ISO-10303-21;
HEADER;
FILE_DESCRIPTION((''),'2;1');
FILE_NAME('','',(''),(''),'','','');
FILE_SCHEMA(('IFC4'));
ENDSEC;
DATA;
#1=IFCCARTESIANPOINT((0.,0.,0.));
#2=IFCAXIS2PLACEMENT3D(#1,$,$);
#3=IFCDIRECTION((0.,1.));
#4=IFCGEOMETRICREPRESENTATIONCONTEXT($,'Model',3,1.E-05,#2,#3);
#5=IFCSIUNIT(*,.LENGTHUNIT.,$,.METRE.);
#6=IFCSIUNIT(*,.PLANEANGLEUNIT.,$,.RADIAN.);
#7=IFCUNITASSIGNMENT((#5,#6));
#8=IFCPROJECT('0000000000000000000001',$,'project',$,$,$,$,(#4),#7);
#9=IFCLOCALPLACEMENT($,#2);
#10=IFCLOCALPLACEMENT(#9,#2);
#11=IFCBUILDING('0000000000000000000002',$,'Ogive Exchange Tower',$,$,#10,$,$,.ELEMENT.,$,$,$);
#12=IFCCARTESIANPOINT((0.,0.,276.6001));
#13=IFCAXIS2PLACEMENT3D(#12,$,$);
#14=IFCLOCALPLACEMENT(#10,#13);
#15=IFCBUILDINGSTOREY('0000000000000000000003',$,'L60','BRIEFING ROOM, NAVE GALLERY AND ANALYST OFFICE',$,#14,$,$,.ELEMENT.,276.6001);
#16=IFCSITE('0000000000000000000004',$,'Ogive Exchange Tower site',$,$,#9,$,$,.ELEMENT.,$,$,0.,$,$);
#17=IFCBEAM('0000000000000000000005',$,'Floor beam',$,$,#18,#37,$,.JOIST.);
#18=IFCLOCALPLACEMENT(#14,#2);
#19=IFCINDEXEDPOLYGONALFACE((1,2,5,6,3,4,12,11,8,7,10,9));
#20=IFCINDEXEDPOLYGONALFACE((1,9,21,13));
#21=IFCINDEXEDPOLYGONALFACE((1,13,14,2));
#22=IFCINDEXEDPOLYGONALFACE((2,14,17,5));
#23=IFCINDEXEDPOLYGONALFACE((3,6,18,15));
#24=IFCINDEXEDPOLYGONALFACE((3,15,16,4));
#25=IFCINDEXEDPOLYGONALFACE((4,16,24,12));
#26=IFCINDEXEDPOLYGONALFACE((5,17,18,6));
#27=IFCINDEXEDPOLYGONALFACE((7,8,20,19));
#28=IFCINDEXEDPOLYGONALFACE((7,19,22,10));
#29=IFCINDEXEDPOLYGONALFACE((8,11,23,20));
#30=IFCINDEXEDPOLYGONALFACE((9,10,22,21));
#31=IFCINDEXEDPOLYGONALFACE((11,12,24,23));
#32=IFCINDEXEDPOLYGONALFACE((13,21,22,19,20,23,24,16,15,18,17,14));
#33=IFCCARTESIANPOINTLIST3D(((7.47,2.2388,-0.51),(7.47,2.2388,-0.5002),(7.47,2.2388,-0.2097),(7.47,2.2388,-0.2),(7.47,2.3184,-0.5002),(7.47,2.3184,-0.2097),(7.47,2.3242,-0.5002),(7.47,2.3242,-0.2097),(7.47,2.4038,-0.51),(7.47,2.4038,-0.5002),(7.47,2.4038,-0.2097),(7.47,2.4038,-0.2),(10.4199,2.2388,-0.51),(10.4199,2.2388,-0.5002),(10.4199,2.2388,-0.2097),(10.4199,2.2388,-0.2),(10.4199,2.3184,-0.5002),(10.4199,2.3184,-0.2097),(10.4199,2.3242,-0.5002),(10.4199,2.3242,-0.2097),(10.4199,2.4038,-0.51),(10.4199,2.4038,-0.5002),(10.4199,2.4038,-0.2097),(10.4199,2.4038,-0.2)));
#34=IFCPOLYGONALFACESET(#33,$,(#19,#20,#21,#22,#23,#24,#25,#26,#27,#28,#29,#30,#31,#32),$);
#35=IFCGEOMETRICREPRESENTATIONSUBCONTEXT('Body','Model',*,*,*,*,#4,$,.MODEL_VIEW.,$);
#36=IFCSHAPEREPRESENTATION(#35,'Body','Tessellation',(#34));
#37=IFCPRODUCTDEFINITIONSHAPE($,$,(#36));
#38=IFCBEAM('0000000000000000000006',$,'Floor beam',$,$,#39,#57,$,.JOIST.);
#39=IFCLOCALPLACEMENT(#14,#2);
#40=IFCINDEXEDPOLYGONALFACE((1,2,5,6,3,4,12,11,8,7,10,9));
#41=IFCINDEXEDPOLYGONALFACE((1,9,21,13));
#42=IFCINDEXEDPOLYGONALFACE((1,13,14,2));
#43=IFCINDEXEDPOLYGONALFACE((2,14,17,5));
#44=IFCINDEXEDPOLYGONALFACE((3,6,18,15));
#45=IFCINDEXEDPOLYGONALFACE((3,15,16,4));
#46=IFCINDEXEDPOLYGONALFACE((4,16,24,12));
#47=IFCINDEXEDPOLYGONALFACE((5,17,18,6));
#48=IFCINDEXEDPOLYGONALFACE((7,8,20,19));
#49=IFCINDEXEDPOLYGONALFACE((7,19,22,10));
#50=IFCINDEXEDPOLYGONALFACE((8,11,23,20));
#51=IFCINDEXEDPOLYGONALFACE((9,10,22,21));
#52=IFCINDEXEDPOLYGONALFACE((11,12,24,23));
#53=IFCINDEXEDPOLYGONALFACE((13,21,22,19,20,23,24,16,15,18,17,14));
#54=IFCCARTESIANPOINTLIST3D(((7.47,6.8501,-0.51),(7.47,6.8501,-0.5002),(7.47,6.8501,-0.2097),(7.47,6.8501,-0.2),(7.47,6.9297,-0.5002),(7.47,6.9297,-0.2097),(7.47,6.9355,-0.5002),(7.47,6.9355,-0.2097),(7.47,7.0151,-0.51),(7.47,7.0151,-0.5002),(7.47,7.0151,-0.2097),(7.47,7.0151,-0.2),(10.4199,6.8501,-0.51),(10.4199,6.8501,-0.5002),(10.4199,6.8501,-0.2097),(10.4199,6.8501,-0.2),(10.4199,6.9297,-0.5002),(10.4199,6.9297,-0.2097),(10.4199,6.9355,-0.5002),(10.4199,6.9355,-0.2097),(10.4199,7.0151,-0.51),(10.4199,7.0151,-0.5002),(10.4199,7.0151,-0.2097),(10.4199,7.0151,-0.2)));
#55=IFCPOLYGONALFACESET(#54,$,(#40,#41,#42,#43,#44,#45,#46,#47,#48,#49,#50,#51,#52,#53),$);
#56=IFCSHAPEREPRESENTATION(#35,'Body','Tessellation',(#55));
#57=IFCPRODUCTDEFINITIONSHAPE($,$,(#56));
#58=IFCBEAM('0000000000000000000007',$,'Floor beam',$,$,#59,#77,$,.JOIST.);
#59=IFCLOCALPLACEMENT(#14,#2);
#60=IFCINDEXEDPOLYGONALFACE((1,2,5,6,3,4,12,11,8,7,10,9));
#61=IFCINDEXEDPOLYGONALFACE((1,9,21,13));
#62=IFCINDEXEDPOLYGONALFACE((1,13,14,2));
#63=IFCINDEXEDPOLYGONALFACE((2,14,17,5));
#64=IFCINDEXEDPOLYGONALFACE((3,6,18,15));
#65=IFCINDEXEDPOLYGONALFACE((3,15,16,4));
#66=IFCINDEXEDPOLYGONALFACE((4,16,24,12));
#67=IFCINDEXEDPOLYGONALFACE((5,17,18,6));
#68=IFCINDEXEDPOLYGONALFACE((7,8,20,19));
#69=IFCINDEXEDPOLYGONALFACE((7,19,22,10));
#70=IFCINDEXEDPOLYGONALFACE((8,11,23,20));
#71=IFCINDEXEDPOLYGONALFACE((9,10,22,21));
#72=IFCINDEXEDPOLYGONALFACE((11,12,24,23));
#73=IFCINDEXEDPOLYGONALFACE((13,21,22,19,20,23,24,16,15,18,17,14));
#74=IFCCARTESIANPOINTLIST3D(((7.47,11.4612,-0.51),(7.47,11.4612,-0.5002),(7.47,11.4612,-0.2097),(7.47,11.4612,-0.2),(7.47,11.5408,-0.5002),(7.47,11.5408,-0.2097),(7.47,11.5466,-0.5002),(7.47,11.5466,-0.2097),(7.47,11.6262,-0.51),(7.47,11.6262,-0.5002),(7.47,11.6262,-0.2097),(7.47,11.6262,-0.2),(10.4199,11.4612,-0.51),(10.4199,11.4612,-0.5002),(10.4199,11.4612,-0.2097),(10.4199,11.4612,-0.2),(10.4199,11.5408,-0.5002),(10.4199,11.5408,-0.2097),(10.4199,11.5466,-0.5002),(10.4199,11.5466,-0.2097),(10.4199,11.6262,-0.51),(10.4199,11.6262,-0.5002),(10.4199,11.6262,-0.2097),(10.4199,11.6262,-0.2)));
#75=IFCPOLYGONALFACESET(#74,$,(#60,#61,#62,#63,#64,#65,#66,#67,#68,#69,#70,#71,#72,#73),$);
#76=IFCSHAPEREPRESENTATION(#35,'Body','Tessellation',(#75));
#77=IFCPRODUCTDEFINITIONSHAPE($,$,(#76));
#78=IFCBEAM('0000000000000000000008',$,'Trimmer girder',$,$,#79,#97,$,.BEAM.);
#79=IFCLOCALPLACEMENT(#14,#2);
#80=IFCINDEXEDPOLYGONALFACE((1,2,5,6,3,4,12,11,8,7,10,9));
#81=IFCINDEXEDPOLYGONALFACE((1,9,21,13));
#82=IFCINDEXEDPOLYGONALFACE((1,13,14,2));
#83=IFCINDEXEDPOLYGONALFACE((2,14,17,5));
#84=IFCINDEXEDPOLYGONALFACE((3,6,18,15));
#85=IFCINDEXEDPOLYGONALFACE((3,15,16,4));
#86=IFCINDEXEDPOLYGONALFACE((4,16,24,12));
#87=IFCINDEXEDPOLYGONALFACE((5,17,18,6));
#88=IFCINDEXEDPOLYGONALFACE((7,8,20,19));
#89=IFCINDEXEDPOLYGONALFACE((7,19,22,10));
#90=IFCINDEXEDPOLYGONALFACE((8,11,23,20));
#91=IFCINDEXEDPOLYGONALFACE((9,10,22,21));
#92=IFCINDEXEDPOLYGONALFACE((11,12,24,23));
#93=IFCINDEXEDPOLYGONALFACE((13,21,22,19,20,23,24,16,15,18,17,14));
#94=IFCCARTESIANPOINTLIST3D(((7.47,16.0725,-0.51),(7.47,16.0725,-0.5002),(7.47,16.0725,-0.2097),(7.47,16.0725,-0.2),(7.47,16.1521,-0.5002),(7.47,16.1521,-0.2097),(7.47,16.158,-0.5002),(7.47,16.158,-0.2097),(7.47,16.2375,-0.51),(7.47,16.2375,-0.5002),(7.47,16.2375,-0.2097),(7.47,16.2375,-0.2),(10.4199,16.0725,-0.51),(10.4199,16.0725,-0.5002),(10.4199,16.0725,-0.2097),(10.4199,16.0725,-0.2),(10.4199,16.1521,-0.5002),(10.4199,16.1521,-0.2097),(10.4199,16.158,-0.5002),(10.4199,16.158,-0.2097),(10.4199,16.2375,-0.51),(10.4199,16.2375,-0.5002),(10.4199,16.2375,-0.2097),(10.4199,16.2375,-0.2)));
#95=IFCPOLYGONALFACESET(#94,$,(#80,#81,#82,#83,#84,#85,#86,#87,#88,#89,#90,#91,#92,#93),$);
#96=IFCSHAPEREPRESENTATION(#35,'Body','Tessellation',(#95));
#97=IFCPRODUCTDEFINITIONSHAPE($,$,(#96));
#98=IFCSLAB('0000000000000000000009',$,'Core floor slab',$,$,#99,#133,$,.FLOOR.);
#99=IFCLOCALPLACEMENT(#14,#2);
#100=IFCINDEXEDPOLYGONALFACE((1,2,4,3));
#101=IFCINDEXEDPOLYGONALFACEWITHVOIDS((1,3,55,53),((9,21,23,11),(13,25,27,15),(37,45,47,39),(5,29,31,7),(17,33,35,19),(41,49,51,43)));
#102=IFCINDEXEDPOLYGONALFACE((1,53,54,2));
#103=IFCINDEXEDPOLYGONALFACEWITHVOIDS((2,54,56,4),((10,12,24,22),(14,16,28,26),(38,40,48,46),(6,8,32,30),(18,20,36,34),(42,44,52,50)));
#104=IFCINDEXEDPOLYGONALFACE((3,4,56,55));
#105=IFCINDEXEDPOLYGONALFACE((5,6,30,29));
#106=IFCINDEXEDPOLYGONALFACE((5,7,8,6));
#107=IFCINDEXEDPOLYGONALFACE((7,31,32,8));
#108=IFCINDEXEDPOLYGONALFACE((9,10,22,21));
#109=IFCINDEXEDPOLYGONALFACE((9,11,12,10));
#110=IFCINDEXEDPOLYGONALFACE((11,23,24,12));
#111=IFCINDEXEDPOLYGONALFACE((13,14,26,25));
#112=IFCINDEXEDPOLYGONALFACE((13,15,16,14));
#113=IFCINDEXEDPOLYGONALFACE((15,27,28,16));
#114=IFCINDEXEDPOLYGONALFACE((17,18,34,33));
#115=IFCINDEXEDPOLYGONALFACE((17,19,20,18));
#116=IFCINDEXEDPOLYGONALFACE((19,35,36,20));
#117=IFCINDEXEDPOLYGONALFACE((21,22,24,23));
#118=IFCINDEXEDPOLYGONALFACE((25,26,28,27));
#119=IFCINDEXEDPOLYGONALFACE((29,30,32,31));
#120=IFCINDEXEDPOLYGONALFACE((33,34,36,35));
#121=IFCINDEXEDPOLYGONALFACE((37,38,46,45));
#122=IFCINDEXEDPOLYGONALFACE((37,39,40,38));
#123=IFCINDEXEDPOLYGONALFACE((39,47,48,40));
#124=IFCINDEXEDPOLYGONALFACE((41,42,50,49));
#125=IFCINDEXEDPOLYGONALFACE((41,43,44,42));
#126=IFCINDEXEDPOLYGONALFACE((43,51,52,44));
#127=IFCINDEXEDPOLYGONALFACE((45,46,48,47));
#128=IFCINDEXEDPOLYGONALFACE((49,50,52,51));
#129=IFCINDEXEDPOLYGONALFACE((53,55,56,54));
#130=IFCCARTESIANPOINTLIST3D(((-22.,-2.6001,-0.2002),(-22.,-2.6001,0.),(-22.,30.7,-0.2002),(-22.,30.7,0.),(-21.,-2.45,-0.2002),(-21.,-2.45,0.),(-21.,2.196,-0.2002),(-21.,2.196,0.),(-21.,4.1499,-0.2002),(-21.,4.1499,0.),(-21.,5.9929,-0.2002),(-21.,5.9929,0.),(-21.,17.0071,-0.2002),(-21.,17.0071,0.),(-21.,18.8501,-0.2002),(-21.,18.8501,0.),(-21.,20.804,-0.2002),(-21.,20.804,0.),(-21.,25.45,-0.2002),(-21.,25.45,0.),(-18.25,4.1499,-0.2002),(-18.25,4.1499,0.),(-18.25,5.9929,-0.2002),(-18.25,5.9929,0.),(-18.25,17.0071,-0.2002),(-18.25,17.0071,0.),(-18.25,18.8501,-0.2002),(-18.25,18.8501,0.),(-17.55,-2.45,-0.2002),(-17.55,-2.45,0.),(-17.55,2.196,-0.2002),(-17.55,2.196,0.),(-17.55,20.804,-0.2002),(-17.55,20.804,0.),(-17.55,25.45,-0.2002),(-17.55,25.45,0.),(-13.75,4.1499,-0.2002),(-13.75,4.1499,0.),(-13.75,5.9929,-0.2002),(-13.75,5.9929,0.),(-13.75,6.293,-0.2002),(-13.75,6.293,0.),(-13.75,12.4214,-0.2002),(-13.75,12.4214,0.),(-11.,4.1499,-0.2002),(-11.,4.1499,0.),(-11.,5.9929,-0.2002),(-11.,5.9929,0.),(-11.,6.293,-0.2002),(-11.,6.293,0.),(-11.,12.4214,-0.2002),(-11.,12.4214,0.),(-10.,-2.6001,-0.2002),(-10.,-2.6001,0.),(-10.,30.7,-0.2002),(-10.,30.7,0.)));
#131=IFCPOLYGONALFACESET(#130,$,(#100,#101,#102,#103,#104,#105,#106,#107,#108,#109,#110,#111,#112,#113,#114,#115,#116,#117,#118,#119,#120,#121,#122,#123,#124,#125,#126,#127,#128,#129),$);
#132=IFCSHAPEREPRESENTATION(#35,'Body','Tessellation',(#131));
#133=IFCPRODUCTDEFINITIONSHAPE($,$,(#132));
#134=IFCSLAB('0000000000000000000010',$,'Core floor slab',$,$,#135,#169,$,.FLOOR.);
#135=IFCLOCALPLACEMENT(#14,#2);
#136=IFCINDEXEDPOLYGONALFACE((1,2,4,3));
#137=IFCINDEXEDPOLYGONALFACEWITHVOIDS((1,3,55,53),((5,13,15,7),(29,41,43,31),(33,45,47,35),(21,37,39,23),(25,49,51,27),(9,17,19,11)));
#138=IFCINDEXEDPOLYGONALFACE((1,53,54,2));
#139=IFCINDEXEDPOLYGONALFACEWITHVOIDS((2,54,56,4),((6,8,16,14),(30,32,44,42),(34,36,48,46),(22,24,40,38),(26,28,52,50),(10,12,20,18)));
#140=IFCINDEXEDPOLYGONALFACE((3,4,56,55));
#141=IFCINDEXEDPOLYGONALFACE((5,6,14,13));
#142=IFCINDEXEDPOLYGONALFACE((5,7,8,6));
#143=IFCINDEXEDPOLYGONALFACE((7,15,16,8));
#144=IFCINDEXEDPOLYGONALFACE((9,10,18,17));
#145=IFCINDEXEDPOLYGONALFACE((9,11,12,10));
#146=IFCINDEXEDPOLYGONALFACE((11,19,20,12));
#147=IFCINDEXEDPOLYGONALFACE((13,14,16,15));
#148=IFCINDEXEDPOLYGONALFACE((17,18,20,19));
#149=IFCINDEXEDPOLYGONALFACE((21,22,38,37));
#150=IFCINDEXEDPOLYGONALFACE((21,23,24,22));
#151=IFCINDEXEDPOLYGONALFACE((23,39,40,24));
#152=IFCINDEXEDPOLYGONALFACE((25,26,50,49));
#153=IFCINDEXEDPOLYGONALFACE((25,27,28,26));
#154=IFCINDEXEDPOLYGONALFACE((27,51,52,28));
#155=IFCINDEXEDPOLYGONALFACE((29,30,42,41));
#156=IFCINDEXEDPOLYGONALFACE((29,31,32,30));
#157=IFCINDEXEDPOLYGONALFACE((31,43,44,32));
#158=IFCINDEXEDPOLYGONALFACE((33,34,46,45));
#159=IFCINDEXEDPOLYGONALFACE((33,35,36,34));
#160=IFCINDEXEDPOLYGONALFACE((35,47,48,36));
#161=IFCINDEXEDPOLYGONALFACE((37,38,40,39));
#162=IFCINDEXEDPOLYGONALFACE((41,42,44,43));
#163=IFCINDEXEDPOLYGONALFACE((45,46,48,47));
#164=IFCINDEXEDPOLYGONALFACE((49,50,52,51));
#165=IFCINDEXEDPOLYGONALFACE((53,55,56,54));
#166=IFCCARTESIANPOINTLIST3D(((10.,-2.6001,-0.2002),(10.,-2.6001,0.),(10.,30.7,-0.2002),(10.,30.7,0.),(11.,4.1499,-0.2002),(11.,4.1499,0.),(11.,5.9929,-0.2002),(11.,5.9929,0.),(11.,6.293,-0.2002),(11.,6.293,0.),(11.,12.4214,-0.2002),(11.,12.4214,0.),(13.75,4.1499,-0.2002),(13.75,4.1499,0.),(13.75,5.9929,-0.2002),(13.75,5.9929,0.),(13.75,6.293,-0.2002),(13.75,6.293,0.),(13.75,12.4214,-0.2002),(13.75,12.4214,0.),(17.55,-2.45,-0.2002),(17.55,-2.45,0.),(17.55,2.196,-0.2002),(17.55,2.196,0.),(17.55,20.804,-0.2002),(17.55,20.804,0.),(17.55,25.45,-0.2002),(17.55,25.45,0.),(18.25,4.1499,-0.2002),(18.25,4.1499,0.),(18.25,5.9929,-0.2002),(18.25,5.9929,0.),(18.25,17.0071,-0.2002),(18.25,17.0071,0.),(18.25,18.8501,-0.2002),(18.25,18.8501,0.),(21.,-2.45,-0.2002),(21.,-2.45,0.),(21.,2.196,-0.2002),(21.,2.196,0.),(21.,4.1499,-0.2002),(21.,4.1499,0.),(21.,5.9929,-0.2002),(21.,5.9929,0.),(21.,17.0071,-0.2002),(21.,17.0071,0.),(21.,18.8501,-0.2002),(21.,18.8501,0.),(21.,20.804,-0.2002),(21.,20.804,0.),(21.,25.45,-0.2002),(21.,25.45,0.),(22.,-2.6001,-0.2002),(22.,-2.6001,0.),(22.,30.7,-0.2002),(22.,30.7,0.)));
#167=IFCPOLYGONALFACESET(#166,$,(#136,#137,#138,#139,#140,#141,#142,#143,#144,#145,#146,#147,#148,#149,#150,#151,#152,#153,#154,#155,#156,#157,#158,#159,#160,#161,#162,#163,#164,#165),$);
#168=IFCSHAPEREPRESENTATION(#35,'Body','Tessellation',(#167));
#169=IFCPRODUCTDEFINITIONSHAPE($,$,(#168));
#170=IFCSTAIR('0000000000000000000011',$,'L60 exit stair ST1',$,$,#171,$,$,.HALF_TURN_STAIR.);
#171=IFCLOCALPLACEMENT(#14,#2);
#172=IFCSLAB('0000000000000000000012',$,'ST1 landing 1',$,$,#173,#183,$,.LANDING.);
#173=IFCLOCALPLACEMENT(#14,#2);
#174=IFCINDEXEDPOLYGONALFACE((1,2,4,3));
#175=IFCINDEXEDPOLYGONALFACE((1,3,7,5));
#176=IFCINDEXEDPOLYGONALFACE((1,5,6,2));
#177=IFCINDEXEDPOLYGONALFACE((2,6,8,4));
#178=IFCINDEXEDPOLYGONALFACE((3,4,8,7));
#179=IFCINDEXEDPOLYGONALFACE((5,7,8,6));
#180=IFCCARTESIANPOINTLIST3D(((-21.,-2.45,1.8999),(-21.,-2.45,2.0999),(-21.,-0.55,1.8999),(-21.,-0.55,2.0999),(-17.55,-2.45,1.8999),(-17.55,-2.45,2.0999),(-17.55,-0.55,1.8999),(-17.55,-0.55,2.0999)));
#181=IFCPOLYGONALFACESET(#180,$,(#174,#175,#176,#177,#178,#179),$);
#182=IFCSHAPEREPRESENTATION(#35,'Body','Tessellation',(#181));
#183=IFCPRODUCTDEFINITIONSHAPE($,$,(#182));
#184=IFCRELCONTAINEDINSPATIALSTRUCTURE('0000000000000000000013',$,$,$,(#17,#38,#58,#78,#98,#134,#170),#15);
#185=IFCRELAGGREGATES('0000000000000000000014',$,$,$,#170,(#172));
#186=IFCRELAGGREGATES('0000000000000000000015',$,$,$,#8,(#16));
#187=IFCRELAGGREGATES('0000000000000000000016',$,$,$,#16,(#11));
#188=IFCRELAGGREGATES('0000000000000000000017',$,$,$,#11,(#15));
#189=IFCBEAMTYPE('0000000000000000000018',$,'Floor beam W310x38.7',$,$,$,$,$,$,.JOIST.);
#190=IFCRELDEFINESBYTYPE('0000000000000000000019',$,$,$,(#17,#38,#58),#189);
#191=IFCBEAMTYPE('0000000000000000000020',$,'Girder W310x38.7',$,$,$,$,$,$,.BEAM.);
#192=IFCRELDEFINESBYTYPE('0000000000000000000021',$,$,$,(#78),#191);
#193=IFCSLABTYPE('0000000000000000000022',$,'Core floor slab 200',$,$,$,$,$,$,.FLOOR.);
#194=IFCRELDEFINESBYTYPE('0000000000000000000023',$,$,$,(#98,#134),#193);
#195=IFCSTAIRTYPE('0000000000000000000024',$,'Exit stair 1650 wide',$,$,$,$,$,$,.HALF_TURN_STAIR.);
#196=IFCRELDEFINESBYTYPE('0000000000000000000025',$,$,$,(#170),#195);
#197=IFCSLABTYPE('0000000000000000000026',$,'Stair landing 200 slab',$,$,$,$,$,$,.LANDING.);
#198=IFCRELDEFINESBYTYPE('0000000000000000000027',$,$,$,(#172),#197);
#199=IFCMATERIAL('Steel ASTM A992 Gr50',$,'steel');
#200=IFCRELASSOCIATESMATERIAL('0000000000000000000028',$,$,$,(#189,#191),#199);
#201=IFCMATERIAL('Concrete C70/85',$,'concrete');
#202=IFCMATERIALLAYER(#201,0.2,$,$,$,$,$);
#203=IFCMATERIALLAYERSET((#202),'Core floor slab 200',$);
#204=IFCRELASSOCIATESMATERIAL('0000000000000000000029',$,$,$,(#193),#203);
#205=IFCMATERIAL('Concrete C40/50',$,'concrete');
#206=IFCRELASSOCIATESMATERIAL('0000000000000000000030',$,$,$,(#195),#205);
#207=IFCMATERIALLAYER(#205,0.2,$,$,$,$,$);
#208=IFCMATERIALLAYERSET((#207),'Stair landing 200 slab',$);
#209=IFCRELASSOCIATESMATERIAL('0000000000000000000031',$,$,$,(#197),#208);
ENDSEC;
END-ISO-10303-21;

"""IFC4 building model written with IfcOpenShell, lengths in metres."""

from ifc_helpers import new_model, si_unit, direction, frame, origin, origin_2d, place, context, subcontext, project, spatial, polyline, i_section, outline, extrude, material, layer, layer_set, material_profile, profile_set, type_object, element, aggregate, save


model = new_model("IFC4")

# Units and contexts
model_context = context("Model", 3, precision=1e-05, world=origin(), true_north=direction((0.0, 1.0)))
body_context = subcontext(model_context, "Body", "Model", "MODEL_VIEW")
ifc_project = project(units=[si_unit("LENGTHUNIT", "METRE"), si_unit("PLANEANGLEUNIT", "RADIAN")], contexts=[model_context])

# Site, building, storey
site_placement = place(None, origin())
site = spatial("IfcSite", under=ifc_project, at=site_placement, Name="Ogive Exchange Tower site", CompositionType="ELEMENT", RefElevation=0.0)
building_placement = place(site_placement, origin())
building = spatial("IfcBuilding", under=site, at=building_placement, Name="Ogive Exchange Tower", CompositionType="ELEMENT")
storey_placement = place(building_placement, frame((0.0, 0.0, 276.6001)))
storey = spatial("IfcBuildingStorey", under=building, at=storey_placement, Name="L60", Description="BRIEFING ROOM, NAVE GALLERY AND ANALYST OFFICE", CompositionType="ELEMENT", Elevation=276.6001)

# Beams
ifc_material_1 = material(Name="Steel ASTM A992 Gr50", Category="steel")
ifc_material_profile_1 = material_profile(ifc_material_1, i_section(OverallWidth=0.165, OverallDepth=0.3101, WebThickness=0.0059, FlangeThickness=0.0098, at=origin_2d()), Name="W310x38.7")
ifc_profile_set_1 = profile_set([ifc_material_profile_1], Name="Steel ASTM A992 Gr50")
beam_type_1 = type_object("IfcBeamType", Name="Floor beam W310x38.7", PredefinedType="JOIST", material=ifc_profile_set_1)
for number, where, z_axis, x_axis, name in (
    (1, (7.47, 2.3213, -0.355), (1.0, 0.0, 0.0), (0.0, 1.0, 0.0), "Floor beam"),
    (2, (7.47, 6.9326, -0.355), (1.0, 0.0, 0.0), (0.0, 1.0, 0.0), "Floor beam"),
    (3, (7.47, 11.5437, -0.355), (1.0, 0.0, 0.0), (0.0, 1.0, 0.0), "Floor beam"),
):
    element("IfcBeam", number, at=place(storey_placement, frame(where, z_axis=z_axis, x_axis=x_axis)), inside=storey, type_object=beam_type_1, Name=name, PredefinedType="JOIST", context=body_context, shape_type="SweptSolid", body=[
        extrude(i_section(OverallWidth=0.165, OverallDepth=0.3101, WebThickness=0.0059, FlangeThickness=0.0098, at=origin_2d()), origin(), (0.0, 0.0, 1.0), 2.95),
    ])
ifc_material_profile_2 = material_profile(ifc_material_1, i_section(OverallWidth=0.165, OverallDepth=0.3101, WebThickness=0.0059, FlangeThickness=0.0098, at=origin_2d()), Name="W310x38.7")
ifc_profile_set_2 = profile_set([ifc_material_profile_2], Name="Steel ASTM A992 Gr50")
beam_type_2 = type_object("IfcBeamType", Name="Girder W310x38.7", PredefinedType="BEAM", material=ifc_profile_set_2)
beam_placement = place(storey_placement, frame((7.47, 16.155, -0.355), z_axis=(1.0, 0.0, 0.0), x_axis=(0.0, 1.0, 0.0)))
element("IfcBeam", 4, at=beam_placement, inside=storey, type_object=beam_type_2, Name="Trimmer girder", PredefinedType="BEAM", context=body_context, shape_type="SweptSolid", body=[
    extrude(i_section(OverallWidth=0.165, OverallDepth=0.3101, WebThickness=0.0059, FlangeThickness=0.0098, at=origin_2d()), origin(), (0.0, 0.0, 1.0), 2.95),
])

# Slabs
ifc_material_2 = material(Name="Concrete C70/85", Category="concrete")
ifc_layer_1 = layer(ifc_material_2, 0.2)
ifc_layer_set_1 = layer_set([ifc_layer_1], Name="Core floor slab 200")
slab_type_1 = type_object("IfcSlabType", Name="Core floor slab 200", PredefinedType="FLOOR", material=ifc_layer_set_1)
slab_1_placement = place(storey_placement, frame((0.0, 0.0, -0.2002)))
element("IfcSlab", 5, at=slab_1_placement, inside=storey, type_object=slab_type_1, Name="Core floor slab", PredefinedType="FLOOR", context=body_context, shape_type="SweptSolid", body=[
    extrude(outline(polyline([(-22.0, -2.6001), (-22.0, 30.7), (-10.0, 30.7), (-10.0, -2.6001), (-22.0, -2.6001)]), holes=[polyline([(-17.55, 2.196), (-21.0, 2.196), (-21.0, -2.45), (-17.55, -2.45), (-17.55, 2.196)]), polyline([(-18.25, 5.9929), (-21.0, 5.9929), (-21.0, 4.1499), (-18.25, 4.1499), (-18.25, 5.9929)]), polyline([(-11.0, 5.9929), (-13.75, 5.9929), (-13.75, 4.1499), (-11.0, 4.1499), (-11.0, 5.9929)]), polyline([(-13.75, 12.4214), (-13.75, 6.293), (-11.0, 6.293), (-11.0, 12.4214), (-13.75, 12.4214)]), polyline([(-18.25, 18.8501), (-21.0, 18.8501), (-21.0, 17.0071), (-18.25, 17.0071), (-18.25, 18.8501)]), polyline([(-21.0, 25.45), (-21.0, 20.804), (-17.55, 20.804), (-17.55, 25.45), (-21.0, 25.45)])]), origin(), (0.0, 0.0, 1.0), 0.2002),
])
slab_2_placement = place(storey_placement, frame((0.0, 0.0, -0.2002)))
element("IfcSlab", 6, at=slab_2_placement, inside=storey, type_object=slab_type_1, Name="Core floor slab", PredefinedType="FLOOR", context=body_context, shape_type="SweptSolid", body=[
    extrude(outline(polyline([(10.0, -2.6001), (10.0, 30.7), (22.0, 30.7), (22.0, -2.6001), (10.0, -2.6001)]), holes=[polyline([(21.0, 2.196), (17.55, 2.196), (17.55, -2.45), (21.0, -2.45), (21.0, 2.196)]), polyline([(13.75, 5.9929), (11.0, 5.9929), (11.0, 4.1499), (13.75, 4.1499), (13.75, 5.9929)]), polyline([(21.0, 5.9929), (18.25, 5.9929), (18.25, 4.1499), (21.0, 4.1499), (21.0, 5.9929)]), polyline([(11.0, 12.4214), (11.0, 6.293), (13.75, 6.293), (13.75, 12.4214), (11.0, 12.4214)]), polyline([(21.0, 18.8501), (18.25, 18.8501), (18.25, 17.0071), (21.0, 17.0071), (21.0, 18.8501)]), polyline([(17.55, 25.45), (17.55, 20.804), (21.0, 20.804), (21.0, 25.45), (17.55, 25.45)])]), origin(), (0.0, 0.0, 1.0), 0.2002),
])

# Stair, slab
ifc_material_3 = material(Name="Concrete C40/50", Category="concrete")
stair_type = type_object("IfcStairType", Name="Exit stair 1650 wide", PredefinedType="HALF_TURN_STAIR", material=ifc_material_3)
stair_1_placement = place(storey_placement, origin())
stair_1 = element("IfcStair", 7, at=stair_1_placement, inside=storey, type_object=stair_type, Name="L60 exit stair ST1", PredefinedType="HALF_TURN_STAIR")
ifc_layer_2 = layer(ifc_material_3, 0.2)
ifc_layer_set_2 = layer_set([ifc_layer_2], Name="Stair landing 200 slab")
slab_type_2 = type_object("IfcSlabType", Name="Stair landing 200 slab", PredefinedType="LANDING", material=ifc_layer_set_2)
slab_3_placement = place(storey_placement, frame((0.0, 0.0, 1.8999)))
slab_3 = element("IfcSlab", 8, at=slab_3_placement, type_object=slab_type_2, Name="ST1 landing 1", PredefinedType="LANDING", context=body_context, shape_type="SweptSolid", body=[
    extrude(outline(polyline([(-21.0, -0.55), (-21.0, -2.45), (-17.55, -2.45), (-17.55, -0.55), (-21.0, -0.55)])), origin(), (0.0, 0.0, 1.0), 0.2),
])
aggregate(stair_1, [slab_3])

save(model, "model.ifc")
